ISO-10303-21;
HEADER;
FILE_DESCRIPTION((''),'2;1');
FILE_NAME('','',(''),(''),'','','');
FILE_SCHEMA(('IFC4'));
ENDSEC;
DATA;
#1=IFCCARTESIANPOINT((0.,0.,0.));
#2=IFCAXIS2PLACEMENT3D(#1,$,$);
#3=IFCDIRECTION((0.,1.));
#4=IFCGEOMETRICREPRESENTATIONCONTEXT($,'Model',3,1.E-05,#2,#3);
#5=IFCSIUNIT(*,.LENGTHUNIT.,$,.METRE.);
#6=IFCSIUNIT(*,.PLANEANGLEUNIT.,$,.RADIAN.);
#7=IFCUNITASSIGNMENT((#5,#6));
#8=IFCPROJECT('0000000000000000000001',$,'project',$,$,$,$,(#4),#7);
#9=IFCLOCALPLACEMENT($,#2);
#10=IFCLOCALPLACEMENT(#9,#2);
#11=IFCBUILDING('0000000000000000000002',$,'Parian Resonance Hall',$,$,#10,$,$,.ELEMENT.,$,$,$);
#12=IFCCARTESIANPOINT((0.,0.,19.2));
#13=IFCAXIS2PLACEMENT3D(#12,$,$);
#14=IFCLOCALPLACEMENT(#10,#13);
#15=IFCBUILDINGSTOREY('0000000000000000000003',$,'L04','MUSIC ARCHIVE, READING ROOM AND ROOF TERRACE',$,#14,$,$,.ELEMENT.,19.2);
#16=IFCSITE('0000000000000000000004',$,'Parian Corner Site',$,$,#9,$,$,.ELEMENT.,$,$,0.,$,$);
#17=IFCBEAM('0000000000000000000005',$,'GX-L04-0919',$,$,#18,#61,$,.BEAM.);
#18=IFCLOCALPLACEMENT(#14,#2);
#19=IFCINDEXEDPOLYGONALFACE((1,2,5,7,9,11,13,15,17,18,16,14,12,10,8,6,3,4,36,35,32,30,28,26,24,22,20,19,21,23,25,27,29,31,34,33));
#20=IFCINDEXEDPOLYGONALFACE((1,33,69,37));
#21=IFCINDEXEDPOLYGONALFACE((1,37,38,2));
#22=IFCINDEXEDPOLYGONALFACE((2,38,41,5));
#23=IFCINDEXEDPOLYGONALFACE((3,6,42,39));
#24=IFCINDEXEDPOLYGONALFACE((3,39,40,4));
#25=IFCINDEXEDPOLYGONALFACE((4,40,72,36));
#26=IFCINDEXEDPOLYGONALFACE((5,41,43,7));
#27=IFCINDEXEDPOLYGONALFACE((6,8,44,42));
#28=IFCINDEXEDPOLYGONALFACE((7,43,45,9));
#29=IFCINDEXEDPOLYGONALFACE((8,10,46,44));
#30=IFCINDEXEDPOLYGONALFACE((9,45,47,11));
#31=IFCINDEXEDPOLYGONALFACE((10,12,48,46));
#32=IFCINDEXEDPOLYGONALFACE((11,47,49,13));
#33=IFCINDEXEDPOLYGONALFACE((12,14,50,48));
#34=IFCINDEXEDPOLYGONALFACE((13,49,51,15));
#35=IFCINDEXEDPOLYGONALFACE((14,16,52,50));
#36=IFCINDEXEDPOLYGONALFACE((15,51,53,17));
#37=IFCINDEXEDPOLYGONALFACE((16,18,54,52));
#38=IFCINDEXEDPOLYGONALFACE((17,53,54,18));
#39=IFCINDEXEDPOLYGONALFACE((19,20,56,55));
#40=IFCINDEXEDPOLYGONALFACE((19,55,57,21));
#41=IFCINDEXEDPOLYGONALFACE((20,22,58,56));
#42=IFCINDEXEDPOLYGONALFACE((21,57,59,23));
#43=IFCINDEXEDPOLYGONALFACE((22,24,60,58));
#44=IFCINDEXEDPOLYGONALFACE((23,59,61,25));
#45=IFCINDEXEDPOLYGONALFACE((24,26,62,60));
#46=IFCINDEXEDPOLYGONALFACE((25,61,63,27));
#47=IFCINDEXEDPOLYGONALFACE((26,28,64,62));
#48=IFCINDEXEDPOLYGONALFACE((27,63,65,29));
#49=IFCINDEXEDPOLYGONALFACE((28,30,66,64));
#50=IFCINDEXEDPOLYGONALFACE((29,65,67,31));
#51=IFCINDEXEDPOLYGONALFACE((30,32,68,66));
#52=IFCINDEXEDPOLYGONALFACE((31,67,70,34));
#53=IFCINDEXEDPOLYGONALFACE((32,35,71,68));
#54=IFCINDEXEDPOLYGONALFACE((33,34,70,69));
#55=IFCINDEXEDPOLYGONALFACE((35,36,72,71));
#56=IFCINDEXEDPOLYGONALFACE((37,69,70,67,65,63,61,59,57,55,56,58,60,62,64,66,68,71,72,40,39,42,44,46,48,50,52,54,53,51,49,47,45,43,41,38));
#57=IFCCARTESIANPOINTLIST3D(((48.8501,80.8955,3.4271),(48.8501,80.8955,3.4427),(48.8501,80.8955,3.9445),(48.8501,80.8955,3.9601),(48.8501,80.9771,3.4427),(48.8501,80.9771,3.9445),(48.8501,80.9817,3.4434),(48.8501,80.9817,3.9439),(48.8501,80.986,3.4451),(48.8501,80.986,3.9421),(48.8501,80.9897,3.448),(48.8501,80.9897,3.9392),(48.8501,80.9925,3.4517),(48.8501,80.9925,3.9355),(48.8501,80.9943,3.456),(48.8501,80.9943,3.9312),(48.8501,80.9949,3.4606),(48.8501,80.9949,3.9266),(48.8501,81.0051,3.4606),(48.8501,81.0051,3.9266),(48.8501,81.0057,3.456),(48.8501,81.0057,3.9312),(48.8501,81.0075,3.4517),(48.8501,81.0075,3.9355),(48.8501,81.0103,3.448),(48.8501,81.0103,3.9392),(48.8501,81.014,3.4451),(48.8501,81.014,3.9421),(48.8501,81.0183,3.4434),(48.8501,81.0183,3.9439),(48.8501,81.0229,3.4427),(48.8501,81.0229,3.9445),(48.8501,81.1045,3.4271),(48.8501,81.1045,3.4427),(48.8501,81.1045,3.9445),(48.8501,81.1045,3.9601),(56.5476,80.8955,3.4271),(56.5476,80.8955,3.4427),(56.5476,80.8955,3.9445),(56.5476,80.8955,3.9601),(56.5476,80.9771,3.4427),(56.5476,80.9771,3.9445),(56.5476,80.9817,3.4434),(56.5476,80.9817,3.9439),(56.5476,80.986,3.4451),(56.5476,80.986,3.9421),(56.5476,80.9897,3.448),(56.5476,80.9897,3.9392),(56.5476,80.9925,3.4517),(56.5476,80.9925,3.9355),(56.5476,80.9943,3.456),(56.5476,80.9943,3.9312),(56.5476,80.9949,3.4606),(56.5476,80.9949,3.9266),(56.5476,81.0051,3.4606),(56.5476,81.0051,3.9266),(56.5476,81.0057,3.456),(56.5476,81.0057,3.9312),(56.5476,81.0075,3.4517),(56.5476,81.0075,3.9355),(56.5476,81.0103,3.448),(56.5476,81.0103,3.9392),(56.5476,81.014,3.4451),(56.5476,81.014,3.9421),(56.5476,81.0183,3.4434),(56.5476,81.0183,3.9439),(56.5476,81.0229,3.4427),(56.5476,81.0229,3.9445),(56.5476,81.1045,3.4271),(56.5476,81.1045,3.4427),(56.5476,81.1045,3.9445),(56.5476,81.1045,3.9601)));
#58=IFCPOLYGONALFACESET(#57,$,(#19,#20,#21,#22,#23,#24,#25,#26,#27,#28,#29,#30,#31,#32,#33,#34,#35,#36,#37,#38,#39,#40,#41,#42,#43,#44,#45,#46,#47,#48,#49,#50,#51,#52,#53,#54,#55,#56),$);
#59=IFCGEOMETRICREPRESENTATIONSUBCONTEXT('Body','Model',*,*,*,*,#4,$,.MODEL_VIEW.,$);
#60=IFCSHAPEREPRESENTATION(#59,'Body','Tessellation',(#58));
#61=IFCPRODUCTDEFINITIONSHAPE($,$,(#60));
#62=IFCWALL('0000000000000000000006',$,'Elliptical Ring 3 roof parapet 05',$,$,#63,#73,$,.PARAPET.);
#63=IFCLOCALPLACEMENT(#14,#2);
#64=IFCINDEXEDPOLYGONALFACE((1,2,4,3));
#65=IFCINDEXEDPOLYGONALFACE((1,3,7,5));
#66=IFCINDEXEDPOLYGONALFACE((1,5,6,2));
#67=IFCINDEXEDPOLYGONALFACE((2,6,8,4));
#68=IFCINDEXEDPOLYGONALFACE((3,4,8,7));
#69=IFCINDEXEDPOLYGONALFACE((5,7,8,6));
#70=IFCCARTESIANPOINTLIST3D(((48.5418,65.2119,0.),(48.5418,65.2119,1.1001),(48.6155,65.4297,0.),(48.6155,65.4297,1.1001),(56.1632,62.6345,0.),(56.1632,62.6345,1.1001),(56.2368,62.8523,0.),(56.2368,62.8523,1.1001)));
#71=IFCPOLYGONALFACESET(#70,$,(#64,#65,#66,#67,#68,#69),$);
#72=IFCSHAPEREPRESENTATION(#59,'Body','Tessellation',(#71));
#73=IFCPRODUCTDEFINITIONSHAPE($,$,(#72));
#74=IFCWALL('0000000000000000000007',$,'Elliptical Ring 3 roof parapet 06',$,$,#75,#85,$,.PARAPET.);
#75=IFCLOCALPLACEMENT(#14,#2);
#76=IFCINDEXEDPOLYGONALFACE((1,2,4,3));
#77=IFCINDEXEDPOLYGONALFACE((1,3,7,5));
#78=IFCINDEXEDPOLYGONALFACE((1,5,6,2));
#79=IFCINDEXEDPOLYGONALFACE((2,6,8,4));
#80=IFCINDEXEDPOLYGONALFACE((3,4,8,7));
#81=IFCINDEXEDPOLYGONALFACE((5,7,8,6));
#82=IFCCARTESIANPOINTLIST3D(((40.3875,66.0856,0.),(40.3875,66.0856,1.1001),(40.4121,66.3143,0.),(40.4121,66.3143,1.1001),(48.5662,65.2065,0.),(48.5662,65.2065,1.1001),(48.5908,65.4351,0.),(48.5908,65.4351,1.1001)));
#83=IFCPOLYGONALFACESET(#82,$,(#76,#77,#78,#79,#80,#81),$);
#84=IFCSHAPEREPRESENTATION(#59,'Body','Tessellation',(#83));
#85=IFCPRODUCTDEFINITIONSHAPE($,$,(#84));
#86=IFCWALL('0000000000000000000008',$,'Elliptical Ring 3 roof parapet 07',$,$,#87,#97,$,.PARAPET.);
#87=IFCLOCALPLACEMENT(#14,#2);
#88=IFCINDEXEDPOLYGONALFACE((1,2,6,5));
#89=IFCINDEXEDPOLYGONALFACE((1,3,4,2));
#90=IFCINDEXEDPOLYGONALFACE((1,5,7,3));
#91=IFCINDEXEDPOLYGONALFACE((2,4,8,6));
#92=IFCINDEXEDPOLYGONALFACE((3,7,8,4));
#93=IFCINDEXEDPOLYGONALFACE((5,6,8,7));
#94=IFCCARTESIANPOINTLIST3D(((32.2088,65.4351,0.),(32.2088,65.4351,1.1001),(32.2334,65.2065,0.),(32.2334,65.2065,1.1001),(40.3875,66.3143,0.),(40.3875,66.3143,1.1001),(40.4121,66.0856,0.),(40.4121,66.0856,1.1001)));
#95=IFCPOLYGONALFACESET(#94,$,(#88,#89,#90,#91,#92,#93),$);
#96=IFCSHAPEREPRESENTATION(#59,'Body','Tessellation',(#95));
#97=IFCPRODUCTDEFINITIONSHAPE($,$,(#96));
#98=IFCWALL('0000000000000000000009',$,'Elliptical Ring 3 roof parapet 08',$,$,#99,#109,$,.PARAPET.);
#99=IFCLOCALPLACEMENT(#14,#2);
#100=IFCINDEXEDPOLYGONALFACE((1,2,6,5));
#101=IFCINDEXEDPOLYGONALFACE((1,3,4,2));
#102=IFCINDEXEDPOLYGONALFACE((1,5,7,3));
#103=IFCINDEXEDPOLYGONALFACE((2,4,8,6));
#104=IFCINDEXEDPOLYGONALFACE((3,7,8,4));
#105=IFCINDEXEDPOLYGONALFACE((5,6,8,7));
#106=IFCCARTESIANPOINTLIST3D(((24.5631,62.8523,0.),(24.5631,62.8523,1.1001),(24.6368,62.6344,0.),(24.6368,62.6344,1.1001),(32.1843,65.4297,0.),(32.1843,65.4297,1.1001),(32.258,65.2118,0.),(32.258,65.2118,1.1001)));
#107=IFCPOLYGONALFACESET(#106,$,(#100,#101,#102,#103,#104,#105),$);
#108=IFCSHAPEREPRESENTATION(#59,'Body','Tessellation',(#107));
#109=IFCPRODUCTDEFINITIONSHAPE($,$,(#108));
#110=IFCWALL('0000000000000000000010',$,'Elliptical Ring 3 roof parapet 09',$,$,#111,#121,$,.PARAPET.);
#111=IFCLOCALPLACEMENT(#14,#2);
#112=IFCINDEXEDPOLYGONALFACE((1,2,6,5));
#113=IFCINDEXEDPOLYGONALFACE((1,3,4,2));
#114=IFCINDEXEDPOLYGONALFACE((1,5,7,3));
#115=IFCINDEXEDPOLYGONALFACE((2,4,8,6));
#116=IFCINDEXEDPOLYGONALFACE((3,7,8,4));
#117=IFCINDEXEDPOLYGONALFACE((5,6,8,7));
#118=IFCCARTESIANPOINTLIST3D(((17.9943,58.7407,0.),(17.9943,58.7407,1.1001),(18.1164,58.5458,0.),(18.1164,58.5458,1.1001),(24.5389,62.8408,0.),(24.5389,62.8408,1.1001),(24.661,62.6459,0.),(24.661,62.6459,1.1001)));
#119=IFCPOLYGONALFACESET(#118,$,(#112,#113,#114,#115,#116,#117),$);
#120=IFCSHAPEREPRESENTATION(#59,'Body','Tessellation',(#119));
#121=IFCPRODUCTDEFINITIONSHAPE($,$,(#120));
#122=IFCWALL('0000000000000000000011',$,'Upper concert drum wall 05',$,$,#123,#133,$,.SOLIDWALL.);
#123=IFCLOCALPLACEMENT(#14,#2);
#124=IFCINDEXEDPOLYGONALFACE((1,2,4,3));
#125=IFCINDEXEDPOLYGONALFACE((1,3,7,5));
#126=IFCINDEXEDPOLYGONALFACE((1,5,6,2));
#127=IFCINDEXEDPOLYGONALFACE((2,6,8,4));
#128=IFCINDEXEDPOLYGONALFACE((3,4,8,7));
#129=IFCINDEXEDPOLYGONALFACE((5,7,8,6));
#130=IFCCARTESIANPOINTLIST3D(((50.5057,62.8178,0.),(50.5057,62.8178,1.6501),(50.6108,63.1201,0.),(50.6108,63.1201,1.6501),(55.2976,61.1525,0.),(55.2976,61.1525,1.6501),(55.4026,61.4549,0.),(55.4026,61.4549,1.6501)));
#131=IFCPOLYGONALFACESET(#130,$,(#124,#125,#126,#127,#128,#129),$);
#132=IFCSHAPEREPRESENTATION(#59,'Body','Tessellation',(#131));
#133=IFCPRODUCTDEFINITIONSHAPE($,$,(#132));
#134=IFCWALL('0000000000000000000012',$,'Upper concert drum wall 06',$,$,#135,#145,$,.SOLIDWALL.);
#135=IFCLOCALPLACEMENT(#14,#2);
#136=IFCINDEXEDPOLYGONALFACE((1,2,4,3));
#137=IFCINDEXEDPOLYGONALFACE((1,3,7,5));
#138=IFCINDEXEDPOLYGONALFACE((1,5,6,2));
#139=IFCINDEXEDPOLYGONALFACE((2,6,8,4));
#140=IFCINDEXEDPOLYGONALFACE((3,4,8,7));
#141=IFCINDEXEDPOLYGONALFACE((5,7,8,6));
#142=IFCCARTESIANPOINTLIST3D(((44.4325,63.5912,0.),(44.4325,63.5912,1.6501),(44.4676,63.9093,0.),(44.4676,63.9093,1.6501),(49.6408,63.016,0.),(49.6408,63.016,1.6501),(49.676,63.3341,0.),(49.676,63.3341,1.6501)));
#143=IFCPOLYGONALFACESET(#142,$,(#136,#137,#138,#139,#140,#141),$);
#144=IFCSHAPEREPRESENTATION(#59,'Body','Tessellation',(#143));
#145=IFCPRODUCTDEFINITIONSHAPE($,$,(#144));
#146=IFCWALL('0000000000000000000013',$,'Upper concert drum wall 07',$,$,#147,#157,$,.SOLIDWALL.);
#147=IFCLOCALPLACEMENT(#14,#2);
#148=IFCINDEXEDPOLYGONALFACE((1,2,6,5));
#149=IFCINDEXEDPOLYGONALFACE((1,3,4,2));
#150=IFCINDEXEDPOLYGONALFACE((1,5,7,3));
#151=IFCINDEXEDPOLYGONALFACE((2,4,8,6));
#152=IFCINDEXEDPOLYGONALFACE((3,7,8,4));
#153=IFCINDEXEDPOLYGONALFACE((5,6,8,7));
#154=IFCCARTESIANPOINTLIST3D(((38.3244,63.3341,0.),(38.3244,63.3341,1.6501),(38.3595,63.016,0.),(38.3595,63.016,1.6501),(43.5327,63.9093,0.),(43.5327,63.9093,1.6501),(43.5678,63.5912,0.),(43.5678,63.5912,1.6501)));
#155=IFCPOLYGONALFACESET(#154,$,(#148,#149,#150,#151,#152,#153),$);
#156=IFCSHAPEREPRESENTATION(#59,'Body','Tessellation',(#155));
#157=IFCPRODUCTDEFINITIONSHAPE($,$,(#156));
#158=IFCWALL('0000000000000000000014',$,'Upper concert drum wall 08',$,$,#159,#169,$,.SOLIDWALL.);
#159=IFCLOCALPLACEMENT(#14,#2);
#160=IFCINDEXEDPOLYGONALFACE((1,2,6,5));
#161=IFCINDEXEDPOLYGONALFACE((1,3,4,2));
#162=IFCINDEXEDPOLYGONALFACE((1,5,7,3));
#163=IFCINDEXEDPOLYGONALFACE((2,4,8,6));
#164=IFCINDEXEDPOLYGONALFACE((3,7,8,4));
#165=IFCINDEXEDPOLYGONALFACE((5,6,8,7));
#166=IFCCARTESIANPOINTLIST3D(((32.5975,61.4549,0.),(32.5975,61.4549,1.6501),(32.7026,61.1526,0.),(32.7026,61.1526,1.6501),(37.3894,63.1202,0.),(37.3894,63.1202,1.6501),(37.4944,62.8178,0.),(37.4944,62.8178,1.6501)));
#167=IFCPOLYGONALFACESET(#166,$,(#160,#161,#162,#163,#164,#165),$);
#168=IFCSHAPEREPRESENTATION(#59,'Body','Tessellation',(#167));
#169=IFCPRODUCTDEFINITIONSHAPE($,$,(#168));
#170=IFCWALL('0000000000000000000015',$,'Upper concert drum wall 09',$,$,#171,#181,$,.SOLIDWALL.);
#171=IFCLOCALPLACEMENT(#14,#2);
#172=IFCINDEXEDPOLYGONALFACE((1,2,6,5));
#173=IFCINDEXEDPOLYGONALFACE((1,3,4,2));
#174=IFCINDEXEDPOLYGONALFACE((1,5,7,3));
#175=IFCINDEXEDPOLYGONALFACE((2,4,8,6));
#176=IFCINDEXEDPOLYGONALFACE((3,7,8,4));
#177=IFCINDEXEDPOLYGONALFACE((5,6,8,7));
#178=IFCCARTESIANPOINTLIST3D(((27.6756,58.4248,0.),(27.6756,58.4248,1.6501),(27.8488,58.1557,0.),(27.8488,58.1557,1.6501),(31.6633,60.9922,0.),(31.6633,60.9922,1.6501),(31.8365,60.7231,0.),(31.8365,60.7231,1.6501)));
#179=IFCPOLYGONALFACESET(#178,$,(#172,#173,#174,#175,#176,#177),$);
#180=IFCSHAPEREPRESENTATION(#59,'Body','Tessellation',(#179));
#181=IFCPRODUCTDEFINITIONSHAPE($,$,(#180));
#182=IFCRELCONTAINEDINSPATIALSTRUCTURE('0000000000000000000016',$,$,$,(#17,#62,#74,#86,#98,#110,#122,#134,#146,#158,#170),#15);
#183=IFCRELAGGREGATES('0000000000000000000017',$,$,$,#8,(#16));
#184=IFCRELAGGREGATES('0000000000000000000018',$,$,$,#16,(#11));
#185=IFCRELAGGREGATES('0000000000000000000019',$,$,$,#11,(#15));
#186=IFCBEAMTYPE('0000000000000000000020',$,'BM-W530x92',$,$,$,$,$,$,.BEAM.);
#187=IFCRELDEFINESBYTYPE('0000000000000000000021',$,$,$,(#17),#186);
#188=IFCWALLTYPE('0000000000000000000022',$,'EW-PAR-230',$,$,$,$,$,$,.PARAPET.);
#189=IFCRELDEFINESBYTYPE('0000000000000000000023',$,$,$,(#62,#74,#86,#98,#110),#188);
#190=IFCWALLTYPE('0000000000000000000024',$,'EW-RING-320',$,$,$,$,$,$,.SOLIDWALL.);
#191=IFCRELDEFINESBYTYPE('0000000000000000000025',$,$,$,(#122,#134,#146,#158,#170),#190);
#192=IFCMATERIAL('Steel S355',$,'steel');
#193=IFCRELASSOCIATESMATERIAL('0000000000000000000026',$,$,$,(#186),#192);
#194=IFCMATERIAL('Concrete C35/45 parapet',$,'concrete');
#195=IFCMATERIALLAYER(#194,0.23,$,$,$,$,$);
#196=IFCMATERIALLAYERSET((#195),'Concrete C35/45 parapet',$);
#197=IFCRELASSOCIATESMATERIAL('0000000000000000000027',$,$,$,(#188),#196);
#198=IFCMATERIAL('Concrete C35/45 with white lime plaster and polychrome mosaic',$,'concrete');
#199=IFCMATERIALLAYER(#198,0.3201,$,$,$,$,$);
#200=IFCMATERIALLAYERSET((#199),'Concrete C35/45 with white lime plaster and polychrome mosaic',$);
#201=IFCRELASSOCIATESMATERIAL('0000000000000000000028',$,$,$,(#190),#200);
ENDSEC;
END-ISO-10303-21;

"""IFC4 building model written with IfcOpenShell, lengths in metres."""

from ifc_helpers import new_model, si_unit, direction, frame, frame_2d, origin, origin_2d, place, context, subcontext, project, spatial, rectangle, i_section, extrude, material, layer, layer_set, material_profile, profile_set, type_object, element, save


model = new_model("IFC4")

# Units and contexts
model_context = context("Model", 3, precision=1e-05, world=origin(), true_north=direction((0.0, 1.0)))
body_context = subcontext(model_context, "Body", "Model", "MODEL_VIEW")
ifc_project = project(units=[si_unit("LENGTHUNIT", "METRE"), si_unit("PLANEANGLEUNIT", "RADIAN")], contexts=[model_context])

# Site, building, storey
site_placement = place(None, origin())
site = spatial("IfcSite", under=ifc_project, at=site_placement, Name="Parian Corner Site", CompositionType="ELEMENT", RefElevation=0.0)
building_placement = place(site_placement, origin())
building = spatial("IfcBuilding", under=site, at=building_placement, Name="Parian Resonance Hall", CompositionType="ELEMENT")
storey_placement = place(building_placement, frame((0.0, 0.0, 19.2)))
storey = spatial("IfcBuildingStorey", under=building, at=storey_placement, Name="L04", Description="MUSIC ARCHIVE, READING ROOM AND ROOF TERRACE", CompositionType="ELEMENT", Elevation=19.2)

# Beam
ifc_material_1 = material(Name="Steel S355", Category="steel")
ifc_material_profile_1 = material_profile(ifc_material_1, i_section(OverallWidth=0.209, OverallDepth=0.533, WebThickness=0.0103, FlangeThickness=0.0156, FilletRadius=0.0178, at=origin_2d()), Name="W530x92")
ifc_profile_set_1 = profile_set([ifc_material_profile_1], Name="Steel S355")
beam_type_1 = type_object("IfcBeamType", Name="BM-W530x92", PredefinedType="BEAM", material=ifc_profile_set_1)
beam_1_placement = place(storey_placement, frame((48.8501, 81.0, 3.6936), z_axis=(1.0, 0.0, 0.0), x_axis=(0.0, 1.0, 0.0)))
element("IfcBeam", 1, at=beam_1_placement, inside=storey, type_object=beam_type_1, Name="GX-L04-0919", PredefinedType="BEAM", context=body_context, shape_type="SweptSolid", body=[
    extrude(i_section(OverallWidth=0.209, OverallDepth=0.533, WebThickness=0.0103, FlangeThickness=0.0156, FilletRadius=0.0178, at=origin_2d()), origin(), (0.0, 0.0, 1.0), 7.6975),
])

# Walls
ifc_material_2 = material(Name="Concrete C35/45 parapet", Category="concrete")
ifc_layer_1 = layer(ifc_material_2, 0.23)
ifc_layer_set_1 = layer_set([ifc_layer_1], Name="Concrete C35/45 parapet")
wall_type_1 = type_object("IfcWallType", Name="EW-PAR-230", PredefinedType="PARAPET", material=ifc_layer_set_1)
wall_1_placement = place(storey_placement, frame((48.5786, 65.3208, 0.0), z_axis=(0.0, 0.0, 1.0), x_axis=(0.947297, -0.320358, 0.0)))
element("IfcWall", 2, at=wall_1_placement, inside=storey, type_object=wall_type_1, Name="Elliptical Ring 3 roof parapet 05", PredefinedType="PARAPET", context=body_context, shape_type="SweptSolid", body=[
    extrude(rectangle(XDim=8.0454, YDim=0.23, at=frame_2d((4.0227, 0.0))), origin(), (0.0, 0.0, 1.0), 1.1001),
])
for number, where, z_axis, x_axis, name in (
    (3, (40.3999, 66.2, 0.0), (0.0, 0.0, 1.0), (0.994272, -0.106877, 0.0), "Elliptical Ring 3 roof parapet 06"),
    (4, (32.2212, 65.3208, 0.0), (0.0, 0.0, 1.0), (0.994272, 0.106877, 0.0), "Elliptical Ring 3 roof parapet 07"),
):
    element("IfcWall", number, at=place(storey_placement, frame(where, z_axis=z_axis, x_axis=x_axis)), inside=storey, type_object=wall_type_1, Name=name, PredefinedType="PARAPET", context=body_context, shape_type="SweptSolid", body=[
        extrude(rectangle(XDim=8.2258, YDim=0.23, at=frame_2d((4.1128, 0.0))), origin(), (0.0, 0.0, 1.0), 1.1001),
    ])
wall_2_placement = place(storey_placement, frame((24.6001, 62.7434, 0.0), z_axis=(0.0, 0.0, 1.0), x_axis=(0.947293, 0.320367, 0.0)))
element("IfcWall", 5, at=wall_2_placement, inside=storey, type_object=wall_type_1, Name="Elliptical Ring 3 roof parapet 08", PredefinedType="PARAPET", context=body_context, shape_type="SweptSolid", body=[
    extrude(rectangle(XDim=8.0452, YDim=0.23, at=frame_2d((4.0225, 0.0))), origin(), (0.0, 0.0, 1.0), 1.1001),
])
wall_3_placement = place(storey_placement, frame((18.0554, 58.6433, 0.0), z_axis=(0.0, 0.0, 1.0), x_axis=(0.847435, 0.530899, 0.0)))
element("IfcWall", 6, at=wall_3_placement, inside=storey, type_object=wall_type_1, Name="Elliptical Ring 3 roof parapet 09", PredefinedType="PARAPET", context=body_context, shape_type="SweptSolid", body=[
    extrude(rectangle(XDim=7.7229, YDim=0.23, at=frame_2d((3.8613, 0.0))), origin(), (0.0, 0.0, 1.0), 1.1001),
])
ifc_material_3 = material(Name="Concrete C35/45 with white lime plaster and polychrome mosaic", Category="concrete")
ifc_layer_2 = layer(ifc_material_3, 0.3201)
ifc_layer_set_2 = layer_set([ifc_layer_2], Name="Concrete C35/45 with white lime plaster and polychrome mosaic")
wall_type_2 = type_object("IfcWallType", Name="EW-RING-320", PredefinedType="SOLIDWALL", material=ifc_layer_set_2)
wall_4_placement = place(storey_placement, frame((50.5581, 62.969, 0.0), z_axis=(0.0, 0.0, 1.0), x_axis=(0.944588, -0.328257, 0.0)))
element("IfcWall", 7, at=wall_4_placement, inside=storey, type_object=wall_type_2, Name="Upper concert drum wall 05", PredefinedType="SOLIDWALL", context=body_context, shape_type="SweptSolid", body=[
    extrude(rectangle(XDim=5.073, YDim=0.3201, at=frame_2d((2.5366, 0.0))), origin(), (0.0, 0.0, 1.0), 1.6501),
])
for number, where, z_axis, x_axis, name in (
    (8, (44.45, 63.7502, 0.0), (0.0, 0.0, 1.0), (0.993957, -0.109772, 0.0), "Upper concert drum wall 06"),
    (9, (38.3418, 63.175, 0.0), (0.0, 0.0, 1.0), (0.993957, 0.109772, 0.0), "Upper concert drum wall 07"),
):
    element("IfcWall", number, at=place(storey_placement, frame(where, z_axis=z_axis, x_axis=x_axis)), inside=storey, type_object=wall_type_2, Name=name, PredefinedType="SOLIDWALL", context=body_context, shape_type="SweptSolid", body=[
        extrude(rectangle(XDim=5.24, YDim=0.3201, at=frame_2d((2.6201, 0.0))), origin(), (0.0, 0.0, 1.0), 1.6501),
    ])
wall_5_placement = place(storey_placement, frame((32.6499, 61.3037, 0.0), z_axis=(0.0, 0.0, 1.0), x_axis=(0.944588, 0.328257, 0.0)))
element("IfcWall", 10, at=wall_5_placement, inside=storey, type_object=wall_type_2, Name="Upper concert drum wall 08", PredefinedType="SOLIDWALL", context=body_context, shape_type="SweptSolid", body=[
    extrude(rectangle(XDim=5.073, YDim=0.3201, at=frame_2d((2.5366, 0.0))), origin(), (0.0, 0.0, 1.0), 1.6501),
])
wall_6_placement = place(storey_placement, frame((27.7622, 58.2903, 0.0), z_axis=(0.0, 0.0, 1.0), x_axis=(0.840814, 0.541325, 0.0)))
element("IfcWall", 11, at=wall_6_placement, inside=storey, type_object=wall_type_2, Name="Upper concert drum wall 09", PredefinedType="SOLIDWALL", context=body_context, shape_type="SweptSolid", body=[
    extrude(rectangle(XDim=4.7427, YDim=0.3201, at=frame_2d((2.3713, 0.0))), origin(), (0.0, 0.0, 1.0), 1.6501),
])

save(model, "model.ifc")
